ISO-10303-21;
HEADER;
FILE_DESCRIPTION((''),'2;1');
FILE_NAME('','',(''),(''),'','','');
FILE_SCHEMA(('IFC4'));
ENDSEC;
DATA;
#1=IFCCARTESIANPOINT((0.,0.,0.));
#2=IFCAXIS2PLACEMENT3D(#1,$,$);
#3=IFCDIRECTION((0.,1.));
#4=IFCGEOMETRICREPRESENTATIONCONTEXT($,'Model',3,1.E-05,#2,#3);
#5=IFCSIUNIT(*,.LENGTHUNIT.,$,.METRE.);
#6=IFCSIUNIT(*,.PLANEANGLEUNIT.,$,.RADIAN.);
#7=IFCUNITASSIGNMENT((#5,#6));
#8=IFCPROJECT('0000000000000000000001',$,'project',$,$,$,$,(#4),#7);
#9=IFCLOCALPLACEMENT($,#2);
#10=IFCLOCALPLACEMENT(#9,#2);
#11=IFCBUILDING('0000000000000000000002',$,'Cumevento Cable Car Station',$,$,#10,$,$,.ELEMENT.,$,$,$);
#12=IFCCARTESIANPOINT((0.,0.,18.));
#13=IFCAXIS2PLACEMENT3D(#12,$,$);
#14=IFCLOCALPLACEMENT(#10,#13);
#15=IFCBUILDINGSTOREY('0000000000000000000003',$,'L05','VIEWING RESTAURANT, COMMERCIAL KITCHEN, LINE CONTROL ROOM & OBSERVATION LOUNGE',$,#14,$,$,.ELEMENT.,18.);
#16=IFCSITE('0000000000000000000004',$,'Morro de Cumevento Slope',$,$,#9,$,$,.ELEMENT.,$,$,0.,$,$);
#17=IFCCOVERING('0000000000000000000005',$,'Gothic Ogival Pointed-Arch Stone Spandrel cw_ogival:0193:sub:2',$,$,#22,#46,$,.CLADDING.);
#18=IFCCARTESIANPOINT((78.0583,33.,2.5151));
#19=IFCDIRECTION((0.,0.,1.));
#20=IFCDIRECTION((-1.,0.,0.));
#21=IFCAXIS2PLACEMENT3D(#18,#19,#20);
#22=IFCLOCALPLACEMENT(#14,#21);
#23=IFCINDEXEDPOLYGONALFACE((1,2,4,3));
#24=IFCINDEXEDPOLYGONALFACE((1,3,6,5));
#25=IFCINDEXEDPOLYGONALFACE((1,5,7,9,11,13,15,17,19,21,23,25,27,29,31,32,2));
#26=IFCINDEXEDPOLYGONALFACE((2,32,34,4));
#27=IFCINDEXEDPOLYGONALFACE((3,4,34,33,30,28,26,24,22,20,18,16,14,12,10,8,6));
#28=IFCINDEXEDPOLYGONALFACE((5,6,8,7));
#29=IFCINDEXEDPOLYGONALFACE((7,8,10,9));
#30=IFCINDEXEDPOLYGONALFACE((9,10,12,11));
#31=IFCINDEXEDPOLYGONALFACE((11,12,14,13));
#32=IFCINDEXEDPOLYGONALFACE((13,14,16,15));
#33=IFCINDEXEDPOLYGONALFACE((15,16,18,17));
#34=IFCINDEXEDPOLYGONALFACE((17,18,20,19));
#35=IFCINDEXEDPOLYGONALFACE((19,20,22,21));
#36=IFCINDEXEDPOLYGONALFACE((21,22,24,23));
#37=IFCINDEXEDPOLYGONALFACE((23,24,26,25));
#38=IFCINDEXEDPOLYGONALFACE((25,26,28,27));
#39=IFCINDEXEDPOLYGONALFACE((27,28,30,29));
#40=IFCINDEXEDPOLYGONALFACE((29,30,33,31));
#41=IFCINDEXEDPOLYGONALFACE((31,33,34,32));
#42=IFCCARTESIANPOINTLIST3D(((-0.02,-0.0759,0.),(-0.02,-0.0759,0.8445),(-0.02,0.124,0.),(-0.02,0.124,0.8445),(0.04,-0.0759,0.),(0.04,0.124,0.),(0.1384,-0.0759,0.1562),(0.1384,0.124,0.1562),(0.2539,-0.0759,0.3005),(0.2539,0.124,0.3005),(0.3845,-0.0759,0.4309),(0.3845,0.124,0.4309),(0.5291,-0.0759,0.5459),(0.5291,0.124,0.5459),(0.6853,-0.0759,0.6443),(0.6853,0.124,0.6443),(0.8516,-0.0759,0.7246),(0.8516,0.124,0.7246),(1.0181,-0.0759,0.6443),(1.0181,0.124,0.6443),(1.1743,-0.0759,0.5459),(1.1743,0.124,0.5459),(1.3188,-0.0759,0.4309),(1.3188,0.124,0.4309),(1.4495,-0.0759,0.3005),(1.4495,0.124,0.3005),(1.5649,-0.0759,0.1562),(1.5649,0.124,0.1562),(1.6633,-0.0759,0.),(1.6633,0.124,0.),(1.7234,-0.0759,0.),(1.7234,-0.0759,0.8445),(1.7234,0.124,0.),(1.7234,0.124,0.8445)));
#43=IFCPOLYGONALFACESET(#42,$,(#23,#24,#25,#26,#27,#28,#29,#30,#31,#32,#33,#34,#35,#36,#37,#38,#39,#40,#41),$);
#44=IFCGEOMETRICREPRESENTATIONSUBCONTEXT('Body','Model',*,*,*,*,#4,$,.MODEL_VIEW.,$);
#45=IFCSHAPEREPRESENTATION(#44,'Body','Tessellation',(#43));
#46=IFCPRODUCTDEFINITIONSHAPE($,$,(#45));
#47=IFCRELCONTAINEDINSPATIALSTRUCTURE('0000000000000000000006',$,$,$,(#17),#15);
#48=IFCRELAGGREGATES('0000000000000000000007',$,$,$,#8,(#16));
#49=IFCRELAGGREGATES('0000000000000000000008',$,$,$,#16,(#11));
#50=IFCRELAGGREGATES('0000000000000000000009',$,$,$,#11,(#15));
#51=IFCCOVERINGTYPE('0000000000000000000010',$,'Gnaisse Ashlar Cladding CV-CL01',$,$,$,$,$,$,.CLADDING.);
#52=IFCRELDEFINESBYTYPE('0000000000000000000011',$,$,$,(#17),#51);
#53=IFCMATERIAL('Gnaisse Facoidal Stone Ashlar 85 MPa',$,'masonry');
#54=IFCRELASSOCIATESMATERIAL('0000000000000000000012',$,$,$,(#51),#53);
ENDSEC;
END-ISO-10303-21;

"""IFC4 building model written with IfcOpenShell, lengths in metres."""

from ifc_helpers import new_model, si_unit, direction, frame, origin, place, context, subcontext, project, spatial, polyline, outline, extrude, material, type_object, element, save


model = new_model("IFC4")

# Units and contexts
model_context = context("Model", 3, precision=1e-05, world=origin(), true_north=direction((0.0, 1.0)))
body_context = subcontext(model_context, "Body", "Model", "MODEL_VIEW")
ifc_project = project(units=[si_unit("LENGTHUNIT", "METRE"), si_unit("PLANEANGLEUNIT", "RADIAN")], contexts=[model_context])

# Site, building, storey
site_placement = place(None, origin())
site = spatial("IfcSite", under=ifc_project, at=site_placement, Name="Morro de Cumevento Slope", CompositionType="ELEMENT", RefElevation=0.0)
building_placement = place(site_placement, origin())
building = spatial("IfcBuilding", under=site, at=building_placement, Name="Cumevento Cable Car Station", CompositionType="ELEMENT")
storey_placement = place(building_placement, frame((0.0, 0.0, 18.0)))
storey = spatial("IfcBuildingStorey", under=building, at=storey_placement, Name="L05", Description="VIEWING RESTAURANT, COMMERCIAL KITCHEN, LINE CONTROL ROOM & OBSERVATION LOUNGE", CompositionType="ELEMENT", Elevation=18.0)

# Covering
ifc_material_1 = material(Name="Gnaisse Facoidal Stone Ashlar 85 MPa", Category="masonry")
covering_type = type_object("IfcCoveringType", Name="Gnaisse Ashlar Cladding CV-CL01", PredefinedType="CLADDING", material=ifc_material_1)
covering_1_placement = place(storey_placement, frame((78.0583, 33.0, 2.5151), z_axis=(0.0, 0.0, 1.0), x_axis=(-1.0, 0.0, 0.0)))
element("IfcCovering", 1, at=covering_1_placement, inside=storey, type_object=covering_type, Name="Gothic Ogival Pointed-Arch Stone Spandrel cw_ogival:0193:sub:2", PredefinedType="CLADDING", context=body_context, shape_type="SweptSolid", body=[
    extrude(outline(polyline([(-0.02, 0.0), (-0.02, 0.8445), (1.7234, 0.8445), (1.7234, 0.0), (1.6633, 0.0), (1.5649, 0.1562), (1.4495, 0.3005), (1.3188, 0.4309), (1.1743, 0.5459), (1.0181, 0.6443), (0.8516, 0.7246), (0.6853, 0.6443), (0.5291, 0.5459), (0.3845, 0.4309), (0.2539, 0.3005), (0.1384, 0.1562), (0.04, 0.0), (-0.02, 0.0)])), frame((0.0, 0.124, 0.0), z_axis=(0.0, -1.0, 0.0), x_axis=(1.0, 0.0, 0.0)), (0.0, 0.0, 1.0), 0.2),
])

save(model, "model.ifc")
